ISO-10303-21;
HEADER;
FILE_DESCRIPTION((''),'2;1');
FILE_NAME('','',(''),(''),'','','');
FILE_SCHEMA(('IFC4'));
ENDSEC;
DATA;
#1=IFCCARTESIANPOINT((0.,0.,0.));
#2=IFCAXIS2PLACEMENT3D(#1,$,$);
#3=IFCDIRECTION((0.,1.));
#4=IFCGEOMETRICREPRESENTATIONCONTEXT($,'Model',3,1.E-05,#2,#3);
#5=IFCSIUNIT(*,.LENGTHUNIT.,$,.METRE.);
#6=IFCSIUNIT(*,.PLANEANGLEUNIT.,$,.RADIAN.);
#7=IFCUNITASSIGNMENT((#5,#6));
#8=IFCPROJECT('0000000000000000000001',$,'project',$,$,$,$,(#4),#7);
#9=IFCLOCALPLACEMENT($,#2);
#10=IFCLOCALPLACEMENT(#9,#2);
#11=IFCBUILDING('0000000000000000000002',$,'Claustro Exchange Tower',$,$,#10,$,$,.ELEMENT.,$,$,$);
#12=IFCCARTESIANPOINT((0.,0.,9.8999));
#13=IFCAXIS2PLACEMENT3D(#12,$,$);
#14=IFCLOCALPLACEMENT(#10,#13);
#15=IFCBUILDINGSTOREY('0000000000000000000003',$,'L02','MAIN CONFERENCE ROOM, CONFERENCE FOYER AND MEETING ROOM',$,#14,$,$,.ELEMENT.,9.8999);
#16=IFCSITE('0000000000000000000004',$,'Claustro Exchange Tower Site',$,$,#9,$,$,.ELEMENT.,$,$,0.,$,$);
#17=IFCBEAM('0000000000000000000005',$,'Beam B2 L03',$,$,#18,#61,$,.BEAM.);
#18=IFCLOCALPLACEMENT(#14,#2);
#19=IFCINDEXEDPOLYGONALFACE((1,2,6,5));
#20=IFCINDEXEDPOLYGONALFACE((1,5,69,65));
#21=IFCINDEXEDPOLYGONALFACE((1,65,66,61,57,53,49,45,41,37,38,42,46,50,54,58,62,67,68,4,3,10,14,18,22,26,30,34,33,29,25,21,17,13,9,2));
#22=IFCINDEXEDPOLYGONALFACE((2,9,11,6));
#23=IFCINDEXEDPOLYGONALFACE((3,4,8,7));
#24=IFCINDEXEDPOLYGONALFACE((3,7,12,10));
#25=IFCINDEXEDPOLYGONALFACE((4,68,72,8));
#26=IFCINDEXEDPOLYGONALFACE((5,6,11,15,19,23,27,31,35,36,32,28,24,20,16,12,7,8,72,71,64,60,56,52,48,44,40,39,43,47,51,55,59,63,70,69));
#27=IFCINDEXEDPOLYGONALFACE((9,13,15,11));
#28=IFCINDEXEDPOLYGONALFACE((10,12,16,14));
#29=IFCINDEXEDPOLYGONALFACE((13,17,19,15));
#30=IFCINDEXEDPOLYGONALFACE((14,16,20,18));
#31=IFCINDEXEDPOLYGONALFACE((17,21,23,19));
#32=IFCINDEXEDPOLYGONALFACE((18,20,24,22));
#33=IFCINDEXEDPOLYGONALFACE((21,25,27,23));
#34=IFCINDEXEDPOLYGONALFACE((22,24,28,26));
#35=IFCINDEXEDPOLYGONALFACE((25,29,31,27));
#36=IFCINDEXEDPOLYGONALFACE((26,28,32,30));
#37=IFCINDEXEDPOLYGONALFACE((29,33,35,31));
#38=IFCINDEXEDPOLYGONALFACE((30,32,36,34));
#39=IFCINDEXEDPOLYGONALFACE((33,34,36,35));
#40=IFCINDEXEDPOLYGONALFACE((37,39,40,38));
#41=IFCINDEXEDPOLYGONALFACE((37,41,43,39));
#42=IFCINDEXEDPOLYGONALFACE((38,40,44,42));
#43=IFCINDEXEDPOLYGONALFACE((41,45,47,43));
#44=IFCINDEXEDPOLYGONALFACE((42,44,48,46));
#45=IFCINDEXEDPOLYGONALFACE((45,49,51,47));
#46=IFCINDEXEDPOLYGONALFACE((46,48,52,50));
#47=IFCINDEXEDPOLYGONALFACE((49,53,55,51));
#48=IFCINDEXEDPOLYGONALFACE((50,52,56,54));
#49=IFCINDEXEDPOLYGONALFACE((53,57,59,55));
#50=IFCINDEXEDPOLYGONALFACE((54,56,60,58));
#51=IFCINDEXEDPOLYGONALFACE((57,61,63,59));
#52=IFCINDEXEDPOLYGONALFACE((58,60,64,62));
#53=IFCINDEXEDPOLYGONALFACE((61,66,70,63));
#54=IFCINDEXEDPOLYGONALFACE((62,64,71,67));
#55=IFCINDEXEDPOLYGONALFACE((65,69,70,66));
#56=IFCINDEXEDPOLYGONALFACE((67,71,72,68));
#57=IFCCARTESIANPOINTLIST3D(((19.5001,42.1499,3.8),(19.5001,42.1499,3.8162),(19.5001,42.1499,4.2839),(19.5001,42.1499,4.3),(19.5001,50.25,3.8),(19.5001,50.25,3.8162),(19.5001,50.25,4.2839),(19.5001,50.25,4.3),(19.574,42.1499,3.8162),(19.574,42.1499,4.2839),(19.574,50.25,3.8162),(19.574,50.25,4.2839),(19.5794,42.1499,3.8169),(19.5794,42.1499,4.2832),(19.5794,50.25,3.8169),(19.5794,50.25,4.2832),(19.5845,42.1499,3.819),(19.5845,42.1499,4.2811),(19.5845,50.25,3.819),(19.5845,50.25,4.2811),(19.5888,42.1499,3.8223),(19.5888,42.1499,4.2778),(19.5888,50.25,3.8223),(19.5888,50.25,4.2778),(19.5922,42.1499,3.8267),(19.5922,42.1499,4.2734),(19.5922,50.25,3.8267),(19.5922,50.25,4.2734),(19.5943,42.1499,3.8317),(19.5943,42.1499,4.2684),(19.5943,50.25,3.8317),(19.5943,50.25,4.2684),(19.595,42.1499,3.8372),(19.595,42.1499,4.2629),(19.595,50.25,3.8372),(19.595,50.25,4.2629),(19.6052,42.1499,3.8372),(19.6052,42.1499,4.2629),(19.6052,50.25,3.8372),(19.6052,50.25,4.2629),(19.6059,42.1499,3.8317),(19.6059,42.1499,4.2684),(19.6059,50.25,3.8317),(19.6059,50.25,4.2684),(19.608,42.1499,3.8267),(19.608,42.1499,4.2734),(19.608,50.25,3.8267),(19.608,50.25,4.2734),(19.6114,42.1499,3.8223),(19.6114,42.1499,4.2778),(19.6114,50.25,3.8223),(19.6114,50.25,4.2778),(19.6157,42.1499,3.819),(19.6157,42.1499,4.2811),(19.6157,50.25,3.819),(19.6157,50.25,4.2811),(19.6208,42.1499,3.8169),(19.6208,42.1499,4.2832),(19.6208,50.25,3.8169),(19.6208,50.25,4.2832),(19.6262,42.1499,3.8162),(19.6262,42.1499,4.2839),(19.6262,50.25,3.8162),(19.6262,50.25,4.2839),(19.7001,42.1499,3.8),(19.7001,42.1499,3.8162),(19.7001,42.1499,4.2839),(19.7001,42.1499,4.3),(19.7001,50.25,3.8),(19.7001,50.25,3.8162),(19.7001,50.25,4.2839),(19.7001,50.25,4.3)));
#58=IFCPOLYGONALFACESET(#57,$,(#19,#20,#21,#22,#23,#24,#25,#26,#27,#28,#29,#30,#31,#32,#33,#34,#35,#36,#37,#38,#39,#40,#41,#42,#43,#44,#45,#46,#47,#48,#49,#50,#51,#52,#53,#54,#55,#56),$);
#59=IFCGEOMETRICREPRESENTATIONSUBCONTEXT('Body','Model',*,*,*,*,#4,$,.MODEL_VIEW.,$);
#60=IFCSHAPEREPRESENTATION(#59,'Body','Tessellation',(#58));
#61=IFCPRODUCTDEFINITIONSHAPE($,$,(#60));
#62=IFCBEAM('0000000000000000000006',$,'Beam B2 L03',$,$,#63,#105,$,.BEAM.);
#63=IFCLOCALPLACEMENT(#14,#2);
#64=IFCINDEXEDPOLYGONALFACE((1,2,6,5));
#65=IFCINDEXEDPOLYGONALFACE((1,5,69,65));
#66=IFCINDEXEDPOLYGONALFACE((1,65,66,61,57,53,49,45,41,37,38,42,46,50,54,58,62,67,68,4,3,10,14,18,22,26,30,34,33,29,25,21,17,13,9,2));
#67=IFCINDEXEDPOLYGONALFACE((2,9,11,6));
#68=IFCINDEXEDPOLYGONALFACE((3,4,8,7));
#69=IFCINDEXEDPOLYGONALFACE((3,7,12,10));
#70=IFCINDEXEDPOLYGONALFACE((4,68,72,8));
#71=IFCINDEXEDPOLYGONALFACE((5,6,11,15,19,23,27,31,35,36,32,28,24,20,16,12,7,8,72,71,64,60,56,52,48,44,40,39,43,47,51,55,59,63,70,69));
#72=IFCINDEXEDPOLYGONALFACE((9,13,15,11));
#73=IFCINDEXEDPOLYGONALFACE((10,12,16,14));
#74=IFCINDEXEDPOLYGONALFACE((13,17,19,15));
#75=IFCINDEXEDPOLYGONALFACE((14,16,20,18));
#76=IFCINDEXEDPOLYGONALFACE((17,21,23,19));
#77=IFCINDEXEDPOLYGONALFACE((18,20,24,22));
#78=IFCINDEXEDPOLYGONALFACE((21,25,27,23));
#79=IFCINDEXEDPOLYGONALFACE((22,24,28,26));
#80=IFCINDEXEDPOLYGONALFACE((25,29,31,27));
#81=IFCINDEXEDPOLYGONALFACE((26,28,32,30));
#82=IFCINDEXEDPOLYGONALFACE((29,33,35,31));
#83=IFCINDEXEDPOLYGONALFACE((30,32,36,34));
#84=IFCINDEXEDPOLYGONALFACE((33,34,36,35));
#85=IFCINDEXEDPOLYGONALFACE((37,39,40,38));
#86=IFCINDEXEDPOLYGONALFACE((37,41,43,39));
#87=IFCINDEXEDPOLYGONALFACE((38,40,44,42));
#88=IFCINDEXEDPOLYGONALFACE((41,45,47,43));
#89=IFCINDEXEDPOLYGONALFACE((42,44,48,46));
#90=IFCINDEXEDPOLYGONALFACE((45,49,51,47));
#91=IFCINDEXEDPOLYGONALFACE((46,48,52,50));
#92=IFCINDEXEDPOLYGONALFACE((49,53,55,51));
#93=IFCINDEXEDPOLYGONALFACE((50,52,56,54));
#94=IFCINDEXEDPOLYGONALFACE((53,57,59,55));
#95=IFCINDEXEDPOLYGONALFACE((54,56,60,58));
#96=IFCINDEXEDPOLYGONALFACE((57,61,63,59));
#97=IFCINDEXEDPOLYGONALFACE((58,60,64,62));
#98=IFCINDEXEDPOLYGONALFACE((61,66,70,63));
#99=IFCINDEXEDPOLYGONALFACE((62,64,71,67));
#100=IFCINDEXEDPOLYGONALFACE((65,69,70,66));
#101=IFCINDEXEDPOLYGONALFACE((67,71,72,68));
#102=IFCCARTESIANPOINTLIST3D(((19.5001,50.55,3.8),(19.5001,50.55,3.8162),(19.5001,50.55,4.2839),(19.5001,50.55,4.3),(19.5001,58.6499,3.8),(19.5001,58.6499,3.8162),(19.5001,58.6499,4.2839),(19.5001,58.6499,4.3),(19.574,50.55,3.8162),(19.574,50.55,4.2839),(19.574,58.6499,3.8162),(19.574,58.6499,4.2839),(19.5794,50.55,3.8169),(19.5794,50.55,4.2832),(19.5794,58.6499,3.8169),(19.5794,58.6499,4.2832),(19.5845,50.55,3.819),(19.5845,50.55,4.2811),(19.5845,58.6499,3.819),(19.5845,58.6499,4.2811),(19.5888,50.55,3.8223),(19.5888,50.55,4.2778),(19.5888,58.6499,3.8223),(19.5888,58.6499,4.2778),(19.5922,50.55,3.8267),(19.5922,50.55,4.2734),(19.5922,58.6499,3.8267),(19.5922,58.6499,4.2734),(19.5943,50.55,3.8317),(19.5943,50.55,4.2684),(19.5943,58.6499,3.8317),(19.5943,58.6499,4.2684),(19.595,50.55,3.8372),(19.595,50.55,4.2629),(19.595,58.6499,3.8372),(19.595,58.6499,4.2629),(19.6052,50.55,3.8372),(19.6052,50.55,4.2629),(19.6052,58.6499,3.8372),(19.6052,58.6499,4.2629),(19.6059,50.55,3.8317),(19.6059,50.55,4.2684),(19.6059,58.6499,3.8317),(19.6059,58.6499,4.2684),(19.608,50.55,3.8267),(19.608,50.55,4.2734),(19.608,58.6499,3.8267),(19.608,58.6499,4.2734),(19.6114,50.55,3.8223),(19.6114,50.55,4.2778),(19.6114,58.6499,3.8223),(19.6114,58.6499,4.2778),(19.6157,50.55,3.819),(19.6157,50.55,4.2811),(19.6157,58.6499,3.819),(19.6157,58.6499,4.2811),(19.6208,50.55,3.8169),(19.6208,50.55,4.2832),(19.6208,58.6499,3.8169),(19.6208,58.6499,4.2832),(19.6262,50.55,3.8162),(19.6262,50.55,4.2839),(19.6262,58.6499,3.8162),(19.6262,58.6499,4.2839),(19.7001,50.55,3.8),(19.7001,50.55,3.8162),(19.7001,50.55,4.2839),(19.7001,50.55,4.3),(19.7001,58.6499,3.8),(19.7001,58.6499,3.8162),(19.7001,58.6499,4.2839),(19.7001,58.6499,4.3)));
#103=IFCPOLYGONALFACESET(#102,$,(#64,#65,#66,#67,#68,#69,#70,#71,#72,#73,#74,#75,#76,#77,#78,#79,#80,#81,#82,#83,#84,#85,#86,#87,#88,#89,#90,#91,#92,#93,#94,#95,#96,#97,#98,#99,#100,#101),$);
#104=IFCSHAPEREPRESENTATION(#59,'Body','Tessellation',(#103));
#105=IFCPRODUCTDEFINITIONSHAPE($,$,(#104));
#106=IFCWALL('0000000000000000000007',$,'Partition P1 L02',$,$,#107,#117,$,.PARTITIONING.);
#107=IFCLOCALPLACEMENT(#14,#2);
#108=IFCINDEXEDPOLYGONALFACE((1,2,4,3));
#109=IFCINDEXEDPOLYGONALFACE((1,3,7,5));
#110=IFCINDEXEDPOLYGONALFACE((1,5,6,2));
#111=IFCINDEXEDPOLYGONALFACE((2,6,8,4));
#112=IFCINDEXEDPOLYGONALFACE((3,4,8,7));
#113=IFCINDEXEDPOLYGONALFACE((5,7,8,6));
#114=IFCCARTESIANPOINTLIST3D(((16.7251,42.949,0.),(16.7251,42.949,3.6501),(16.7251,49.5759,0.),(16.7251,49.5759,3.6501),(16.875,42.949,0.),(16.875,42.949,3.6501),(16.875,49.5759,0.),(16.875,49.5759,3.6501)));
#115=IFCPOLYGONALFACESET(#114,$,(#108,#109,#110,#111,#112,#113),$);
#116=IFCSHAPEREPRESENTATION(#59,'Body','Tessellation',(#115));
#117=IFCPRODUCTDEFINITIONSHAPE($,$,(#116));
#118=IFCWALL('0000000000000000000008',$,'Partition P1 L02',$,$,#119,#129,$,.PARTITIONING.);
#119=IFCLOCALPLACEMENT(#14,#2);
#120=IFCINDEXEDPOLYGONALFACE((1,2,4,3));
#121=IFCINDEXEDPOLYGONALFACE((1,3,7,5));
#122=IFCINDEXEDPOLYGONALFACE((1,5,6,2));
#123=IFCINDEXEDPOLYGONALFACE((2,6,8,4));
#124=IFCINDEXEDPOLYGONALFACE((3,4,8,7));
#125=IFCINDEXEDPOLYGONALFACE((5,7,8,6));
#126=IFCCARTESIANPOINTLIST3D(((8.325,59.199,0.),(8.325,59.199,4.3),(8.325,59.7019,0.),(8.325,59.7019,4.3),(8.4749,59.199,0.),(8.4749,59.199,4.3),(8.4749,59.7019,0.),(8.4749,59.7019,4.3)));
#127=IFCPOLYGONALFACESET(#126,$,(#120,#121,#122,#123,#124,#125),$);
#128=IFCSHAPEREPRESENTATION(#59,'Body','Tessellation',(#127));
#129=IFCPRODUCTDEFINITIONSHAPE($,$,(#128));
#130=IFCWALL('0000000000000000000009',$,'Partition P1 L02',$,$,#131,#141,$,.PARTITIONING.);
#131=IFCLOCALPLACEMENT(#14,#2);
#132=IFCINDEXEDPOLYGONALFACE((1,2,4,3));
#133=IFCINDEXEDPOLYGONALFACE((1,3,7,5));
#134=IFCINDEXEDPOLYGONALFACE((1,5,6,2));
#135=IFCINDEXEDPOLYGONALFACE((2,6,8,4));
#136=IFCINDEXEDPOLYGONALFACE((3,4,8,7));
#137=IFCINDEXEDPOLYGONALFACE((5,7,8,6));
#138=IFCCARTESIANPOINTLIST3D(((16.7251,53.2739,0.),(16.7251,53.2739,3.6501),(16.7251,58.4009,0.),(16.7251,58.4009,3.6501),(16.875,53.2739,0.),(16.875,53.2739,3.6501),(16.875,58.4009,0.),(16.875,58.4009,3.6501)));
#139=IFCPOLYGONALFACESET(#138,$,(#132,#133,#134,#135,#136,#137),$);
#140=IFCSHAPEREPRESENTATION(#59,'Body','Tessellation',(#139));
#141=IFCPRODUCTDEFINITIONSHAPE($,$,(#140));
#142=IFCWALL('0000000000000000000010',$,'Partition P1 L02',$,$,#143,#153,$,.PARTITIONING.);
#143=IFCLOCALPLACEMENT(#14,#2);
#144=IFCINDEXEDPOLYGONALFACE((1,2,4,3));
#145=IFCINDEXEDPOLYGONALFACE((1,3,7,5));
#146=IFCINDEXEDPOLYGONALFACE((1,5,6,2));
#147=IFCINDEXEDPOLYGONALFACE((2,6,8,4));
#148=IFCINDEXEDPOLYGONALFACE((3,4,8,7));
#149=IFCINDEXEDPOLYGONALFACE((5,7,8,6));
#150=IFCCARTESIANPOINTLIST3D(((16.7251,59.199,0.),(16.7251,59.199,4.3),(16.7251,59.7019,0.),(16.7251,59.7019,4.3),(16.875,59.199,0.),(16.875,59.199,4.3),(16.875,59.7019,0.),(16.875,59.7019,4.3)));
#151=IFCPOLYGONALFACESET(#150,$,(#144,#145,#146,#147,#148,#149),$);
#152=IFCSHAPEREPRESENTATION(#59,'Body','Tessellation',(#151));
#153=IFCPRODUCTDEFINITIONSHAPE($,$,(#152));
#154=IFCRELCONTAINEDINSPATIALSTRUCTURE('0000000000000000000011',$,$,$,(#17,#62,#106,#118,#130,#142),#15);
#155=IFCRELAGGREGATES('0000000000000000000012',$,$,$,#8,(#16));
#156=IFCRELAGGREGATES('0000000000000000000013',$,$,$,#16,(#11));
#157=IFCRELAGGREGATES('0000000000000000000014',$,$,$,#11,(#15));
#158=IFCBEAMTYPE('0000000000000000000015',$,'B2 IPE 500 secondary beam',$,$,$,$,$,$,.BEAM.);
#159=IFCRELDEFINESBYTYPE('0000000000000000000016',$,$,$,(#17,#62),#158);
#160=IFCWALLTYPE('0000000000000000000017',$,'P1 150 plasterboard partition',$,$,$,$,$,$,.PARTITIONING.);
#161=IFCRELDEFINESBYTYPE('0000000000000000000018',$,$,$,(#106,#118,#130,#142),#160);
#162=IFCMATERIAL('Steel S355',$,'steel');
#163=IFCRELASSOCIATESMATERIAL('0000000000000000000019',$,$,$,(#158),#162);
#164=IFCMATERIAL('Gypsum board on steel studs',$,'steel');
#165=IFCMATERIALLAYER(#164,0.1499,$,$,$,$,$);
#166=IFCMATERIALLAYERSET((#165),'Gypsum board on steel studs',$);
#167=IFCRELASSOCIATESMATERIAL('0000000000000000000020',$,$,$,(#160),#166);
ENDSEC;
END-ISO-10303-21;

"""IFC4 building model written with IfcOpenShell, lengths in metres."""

from ifc_helpers import new_model, si_unit, direction, frame, frame_2d, origin, origin_2d, place, context, subcontext, project, spatial, rectangle, i_section, extrude, material, layer, layer_set, material_profile, profile_set, type_object, element, save


model = new_model("IFC4")

# Units and contexts
model_context = context("Model", 3, precision=1e-05, world=origin(), true_north=direction((0.0, 1.0)))
body_context = subcontext(model_context, "Body", "Model", "MODEL_VIEW")
ifc_project = project(units=[si_unit("LENGTHUNIT", "METRE"), si_unit("PLANEANGLEUNIT", "RADIAN")], contexts=[model_context])

# Site, building, storey
site_placement = place(None, origin())
site = spatial("IfcSite", under=ifc_project, at=site_placement, Name="Claustro Exchange Tower Site", CompositionType="ELEMENT", RefElevation=0.0)
building_placement = place(site_placement, origin())
building = spatial("IfcBuilding", under=site, at=building_placement, Name="Claustro Exchange Tower", CompositionType="ELEMENT")
storey_placement = place(building_placement, frame((0.0, 0.0, 9.8999)))
storey = spatial("IfcBuildingStorey", under=building, at=storey_placement, Name="L02", Description="MAIN CONFERENCE ROOM, CONFERENCE FOYER AND MEETING ROOM", CompositionType="ELEMENT", Elevation=9.8999)

# Beams
ifc_material_1 = material(Name="Steel S355", Category="steel")
ifc_material_profile_1 = material_profile(ifc_material_1, i_section(OverallWidth=0.2, OverallDepth=0.5, WebThickness=0.0103, FlangeThickness=0.0161, FilletRadius=0.021, at=origin_2d()), Name="IPE 500")
ifc_profile_set_1 = profile_set([ifc_material_profile_1], Name="Steel S355")
beam_type_1 = type_object("IfcBeamType", Name="B2 IPE 500 secondary beam", PredefinedType="BEAM", material=ifc_profile_set_1)
beam_1_placement = place(storey_placement, frame((19.6001, 42.1499, 4.05), z_axis=(0.0, 1.0, 0.0), x_axis=(-1.0, 0.0, 0.0)))
element("IfcBeam", 1, at=beam_1_placement, inside=storey, type_object=beam_type_1, Name="Beam B2 L03", PredefinedType="BEAM", context=body_context, shape_type="SweptSolid", body=[
    extrude(i_section(OverallWidth=0.2, OverallDepth=0.5, WebThickness=0.0103, FlangeThickness=0.0161, FilletRadius=0.021, at=origin_2d()), origin(), (0.0, 0.0, 1.0), 8.1001),
])
beam_2_placement = place(storey_placement, frame((19.6001, 50.55, 4.05), z_axis=(0.0, 1.0, 0.0), x_axis=(-1.0, 0.0, 0.0)))
element("IfcBeam", 2, at=beam_2_placement, inside=storey, type_object=beam_type_1, Name="Beam B2 L03", PredefinedType="BEAM", context=body_context, shape_type="SweptSolid", body=[
    extrude(i_section(OverallWidth=0.2, OverallDepth=0.5, WebThickness=0.0103, FlangeThickness=0.0161, FilletRadius=0.021, at=origin_2d()), origin(), (0.0, 0.0, 1.0), 8.0999),
])

# Walls
ifc_material_2 = material(Name="Gypsum board on steel studs", Category="steel")
ifc_layer_1 = layer(ifc_material_2, 0.1499)
ifc_layer_set_1 = layer_set([ifc_layer_1], Name="Gypsum board on steel studs")
wall_type_1 = type_object("IfcWallType", Name="P1 150 plasterboard partition", PredefinedType="PARTITIONING", material=ifc_layer_set_1)
wall_1_placement = place(storey_placement, frame((16.8, 42.949, 0.0), z_axis=(0.0, 0.0, 1.0), x_axis=(0.0, 1.0, 0.0)))
element("IfcWall", 3, at=wall_1_placement, inside=storey, type_object=wall_type_1, Name="Partition P1 L02", PredefinedType="PARTITIONING", context=body_context, shape_type="SweptSolid", body=[
    extrude(rectangle(XDim=6.627, YDim=0.1499, at=frame_2d((3.3135, 0.0))), origin(), (0.0, 0.0, 1.0), 3.6501),
])
wall_2_placement = place(storey_placement, frame((8.3999, 59.199, 0.0), z_axis=(0.0, 0.0, 1.0), x_axis=(0.0, 1.0, 0.0)))
element("IfcWall", 4, at=wall_2_placement, inside=storey, type_object=wall_type_1, Name="Partition P1 L02", PredefinedType="PARTITIONING", context=body_context, shape_type="SweptSolid", body=[
    extrude(rectangle(XDim=0.5029, YDim=0.1499, at=frame_2d((0.2515, 0.0))), origin(), (0.0, 0.0, 1.0), 4.3),
])
wall_3_placement = place(storey_placement, frame((16.8, 53.2739, 0.0), z_axis=(0.0, 0.0, 1.0), x_axis=(0.0, 1.0, 0.0)))
element("IfcWall", 5, at=wall_3_placement, inside=storey, type_object=wall_type_1, Name="Partition P1 L02", PredefinedType="PARTITIONING", context=body_context, shape_type="SweptSolid", body=[
    extrude(rectangle(XDim=5.127, YDim=0.1499, at=frame_2d((2.5635, 0.0))), origin(), (0.0, 0.0, 1.0), 3.6501),
])
wall_4_placement = place(storey_placement, frame((16.8, 59.199, 0.0), z_axis=(0.0, 0.0, 1.0), x_axis=(0.0, 1.0, 0.0)))
element("IfcWall", 6, at=wall_4_placement, inside=storey, type_object=wall_type_1, Name="Partition P1 L02", PredefinedType="PARTITIONING", context=body_context, shape_type="SweptSolid", body=[
    extrude(rectangle(XDim=0.5029, YDim=0.1499, at=frame_2d((0.2515, 0.0))), origin(), (0.0, 0.0, 1.0), 4.3),
])

save(model, "model.ifc")
